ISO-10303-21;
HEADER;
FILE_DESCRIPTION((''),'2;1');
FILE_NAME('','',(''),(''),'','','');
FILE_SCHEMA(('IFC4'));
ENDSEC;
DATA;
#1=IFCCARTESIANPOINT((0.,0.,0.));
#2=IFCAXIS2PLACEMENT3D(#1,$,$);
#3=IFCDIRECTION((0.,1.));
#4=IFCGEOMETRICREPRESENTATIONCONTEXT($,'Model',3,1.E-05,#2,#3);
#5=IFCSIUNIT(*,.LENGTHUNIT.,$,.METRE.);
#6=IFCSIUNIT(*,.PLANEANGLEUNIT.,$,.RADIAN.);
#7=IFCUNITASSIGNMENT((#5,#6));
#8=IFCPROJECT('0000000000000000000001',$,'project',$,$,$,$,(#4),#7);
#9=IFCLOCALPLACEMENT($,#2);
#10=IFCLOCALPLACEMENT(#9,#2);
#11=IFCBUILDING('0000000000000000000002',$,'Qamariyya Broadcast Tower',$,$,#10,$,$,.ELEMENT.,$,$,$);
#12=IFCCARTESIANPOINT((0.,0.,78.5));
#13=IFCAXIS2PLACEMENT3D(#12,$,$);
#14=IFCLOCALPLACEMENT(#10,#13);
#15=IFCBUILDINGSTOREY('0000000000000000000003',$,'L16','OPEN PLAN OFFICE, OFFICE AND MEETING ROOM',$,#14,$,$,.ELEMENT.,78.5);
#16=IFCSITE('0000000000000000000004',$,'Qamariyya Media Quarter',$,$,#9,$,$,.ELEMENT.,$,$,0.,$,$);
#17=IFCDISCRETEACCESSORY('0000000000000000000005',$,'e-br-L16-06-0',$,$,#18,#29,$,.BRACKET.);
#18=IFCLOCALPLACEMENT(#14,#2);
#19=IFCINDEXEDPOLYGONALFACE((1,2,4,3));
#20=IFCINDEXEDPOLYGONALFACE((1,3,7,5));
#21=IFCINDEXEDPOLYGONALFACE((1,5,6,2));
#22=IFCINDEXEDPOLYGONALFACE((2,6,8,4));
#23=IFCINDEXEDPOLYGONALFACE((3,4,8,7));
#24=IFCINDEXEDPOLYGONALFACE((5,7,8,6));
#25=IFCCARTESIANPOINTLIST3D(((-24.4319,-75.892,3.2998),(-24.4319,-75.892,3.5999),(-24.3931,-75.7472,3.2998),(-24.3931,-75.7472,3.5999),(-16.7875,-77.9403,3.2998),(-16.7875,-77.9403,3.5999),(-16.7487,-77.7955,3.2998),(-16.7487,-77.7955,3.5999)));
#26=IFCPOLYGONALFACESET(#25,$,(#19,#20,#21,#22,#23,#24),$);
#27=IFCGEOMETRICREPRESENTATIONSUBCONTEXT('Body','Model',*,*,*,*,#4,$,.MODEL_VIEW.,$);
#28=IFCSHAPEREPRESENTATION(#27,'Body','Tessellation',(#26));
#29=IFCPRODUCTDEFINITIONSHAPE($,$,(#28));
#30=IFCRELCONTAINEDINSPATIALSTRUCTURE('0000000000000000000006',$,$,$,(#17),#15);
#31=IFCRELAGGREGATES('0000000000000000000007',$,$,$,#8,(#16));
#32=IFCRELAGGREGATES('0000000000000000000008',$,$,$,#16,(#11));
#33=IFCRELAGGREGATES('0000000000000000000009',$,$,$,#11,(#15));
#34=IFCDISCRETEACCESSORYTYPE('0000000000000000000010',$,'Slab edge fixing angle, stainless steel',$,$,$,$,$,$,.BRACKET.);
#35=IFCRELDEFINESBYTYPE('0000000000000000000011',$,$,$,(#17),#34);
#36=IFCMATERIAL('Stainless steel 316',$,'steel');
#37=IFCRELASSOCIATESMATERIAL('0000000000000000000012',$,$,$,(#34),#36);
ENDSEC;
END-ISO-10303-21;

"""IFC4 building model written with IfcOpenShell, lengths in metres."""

from ifc_helpers import new_model, si_unit, direction, frame, origin, origin_2d, place, context, subcontext, project, spatial, rectangle, extrude, material, type_object, element, save


model = new_model("IFC4")

# Units and contexts
model_context = context("Model", 3, precision=1e-05, world=origin(), true_north=direction((0.0, 1.0)))
body_context = subcontext(model_context, "Body", "Model", "MODEL_VIEW")
ifc_project = project(units=[si_unit("LENGTHUNIT", "METRE"), si_unit("PLANEANGLEUNIT", "RADIAN")], contexts=[model_context])

# Site, building, storey
site_placement = place(None, origin())
site = spatial("IfcSite", under=ifc_project, at=site_placement, Name="Qamariyya Media Quarter", CompositionType="ELEMENT", RefElevation=0.0)
building_placement = place(site_placement, origin())
building = spatial("IfcBuilding", under=site, at=building_placement, Name="Qamariyya Broadcast Tower", CompositionType="ELEMENT")
storey_placement = place(building_placement, frame((0.0, 0.0, 78.5)))
storey = spatial("IfcBuildingStorey", under=building, at=storey_placement, Name="L16", Description="OPEN PLAN OFFICE, OFFICE AND MEETING ROOM", CompositionType="ELEMENT", Elevation=78.5)

# Discrete accessory
ifc_material_1 = material(Name="Stainless steel 316", Category="steel")
discrete_accessory_type = type_object("IfcDiscreteAccessoryType", Name="Slab edge fixing angle, stainless steel", PredefinedType="BRACKET", material=ifc_material_1)
for number, where, z_axis, x_axis, name in (
    (1, (-20.5903, -76.8438, 3.2998), (0.0, 0.0, 1.0), (0.965926, -0.258819, 0.0), "e-br-L16-06-0"),
):
    element("IfcDiscreteAccessory", number, at=place(storey_placement, frame(where, z_axis=z_axis, x_axis=x_axis)), inside=storey, type_object=discrete_accessory_type, Name=name, PredefinedType="BRACKET", context=body_context, shape_type="SweptSolid", body=[
        extrude(rectangle(XDim=7.9141, YDim=0.1499, at=origin_2d()), origin(), (0.0, 0.0, 1.0), 0.3),
    ])

save(model, "model.ifc")
